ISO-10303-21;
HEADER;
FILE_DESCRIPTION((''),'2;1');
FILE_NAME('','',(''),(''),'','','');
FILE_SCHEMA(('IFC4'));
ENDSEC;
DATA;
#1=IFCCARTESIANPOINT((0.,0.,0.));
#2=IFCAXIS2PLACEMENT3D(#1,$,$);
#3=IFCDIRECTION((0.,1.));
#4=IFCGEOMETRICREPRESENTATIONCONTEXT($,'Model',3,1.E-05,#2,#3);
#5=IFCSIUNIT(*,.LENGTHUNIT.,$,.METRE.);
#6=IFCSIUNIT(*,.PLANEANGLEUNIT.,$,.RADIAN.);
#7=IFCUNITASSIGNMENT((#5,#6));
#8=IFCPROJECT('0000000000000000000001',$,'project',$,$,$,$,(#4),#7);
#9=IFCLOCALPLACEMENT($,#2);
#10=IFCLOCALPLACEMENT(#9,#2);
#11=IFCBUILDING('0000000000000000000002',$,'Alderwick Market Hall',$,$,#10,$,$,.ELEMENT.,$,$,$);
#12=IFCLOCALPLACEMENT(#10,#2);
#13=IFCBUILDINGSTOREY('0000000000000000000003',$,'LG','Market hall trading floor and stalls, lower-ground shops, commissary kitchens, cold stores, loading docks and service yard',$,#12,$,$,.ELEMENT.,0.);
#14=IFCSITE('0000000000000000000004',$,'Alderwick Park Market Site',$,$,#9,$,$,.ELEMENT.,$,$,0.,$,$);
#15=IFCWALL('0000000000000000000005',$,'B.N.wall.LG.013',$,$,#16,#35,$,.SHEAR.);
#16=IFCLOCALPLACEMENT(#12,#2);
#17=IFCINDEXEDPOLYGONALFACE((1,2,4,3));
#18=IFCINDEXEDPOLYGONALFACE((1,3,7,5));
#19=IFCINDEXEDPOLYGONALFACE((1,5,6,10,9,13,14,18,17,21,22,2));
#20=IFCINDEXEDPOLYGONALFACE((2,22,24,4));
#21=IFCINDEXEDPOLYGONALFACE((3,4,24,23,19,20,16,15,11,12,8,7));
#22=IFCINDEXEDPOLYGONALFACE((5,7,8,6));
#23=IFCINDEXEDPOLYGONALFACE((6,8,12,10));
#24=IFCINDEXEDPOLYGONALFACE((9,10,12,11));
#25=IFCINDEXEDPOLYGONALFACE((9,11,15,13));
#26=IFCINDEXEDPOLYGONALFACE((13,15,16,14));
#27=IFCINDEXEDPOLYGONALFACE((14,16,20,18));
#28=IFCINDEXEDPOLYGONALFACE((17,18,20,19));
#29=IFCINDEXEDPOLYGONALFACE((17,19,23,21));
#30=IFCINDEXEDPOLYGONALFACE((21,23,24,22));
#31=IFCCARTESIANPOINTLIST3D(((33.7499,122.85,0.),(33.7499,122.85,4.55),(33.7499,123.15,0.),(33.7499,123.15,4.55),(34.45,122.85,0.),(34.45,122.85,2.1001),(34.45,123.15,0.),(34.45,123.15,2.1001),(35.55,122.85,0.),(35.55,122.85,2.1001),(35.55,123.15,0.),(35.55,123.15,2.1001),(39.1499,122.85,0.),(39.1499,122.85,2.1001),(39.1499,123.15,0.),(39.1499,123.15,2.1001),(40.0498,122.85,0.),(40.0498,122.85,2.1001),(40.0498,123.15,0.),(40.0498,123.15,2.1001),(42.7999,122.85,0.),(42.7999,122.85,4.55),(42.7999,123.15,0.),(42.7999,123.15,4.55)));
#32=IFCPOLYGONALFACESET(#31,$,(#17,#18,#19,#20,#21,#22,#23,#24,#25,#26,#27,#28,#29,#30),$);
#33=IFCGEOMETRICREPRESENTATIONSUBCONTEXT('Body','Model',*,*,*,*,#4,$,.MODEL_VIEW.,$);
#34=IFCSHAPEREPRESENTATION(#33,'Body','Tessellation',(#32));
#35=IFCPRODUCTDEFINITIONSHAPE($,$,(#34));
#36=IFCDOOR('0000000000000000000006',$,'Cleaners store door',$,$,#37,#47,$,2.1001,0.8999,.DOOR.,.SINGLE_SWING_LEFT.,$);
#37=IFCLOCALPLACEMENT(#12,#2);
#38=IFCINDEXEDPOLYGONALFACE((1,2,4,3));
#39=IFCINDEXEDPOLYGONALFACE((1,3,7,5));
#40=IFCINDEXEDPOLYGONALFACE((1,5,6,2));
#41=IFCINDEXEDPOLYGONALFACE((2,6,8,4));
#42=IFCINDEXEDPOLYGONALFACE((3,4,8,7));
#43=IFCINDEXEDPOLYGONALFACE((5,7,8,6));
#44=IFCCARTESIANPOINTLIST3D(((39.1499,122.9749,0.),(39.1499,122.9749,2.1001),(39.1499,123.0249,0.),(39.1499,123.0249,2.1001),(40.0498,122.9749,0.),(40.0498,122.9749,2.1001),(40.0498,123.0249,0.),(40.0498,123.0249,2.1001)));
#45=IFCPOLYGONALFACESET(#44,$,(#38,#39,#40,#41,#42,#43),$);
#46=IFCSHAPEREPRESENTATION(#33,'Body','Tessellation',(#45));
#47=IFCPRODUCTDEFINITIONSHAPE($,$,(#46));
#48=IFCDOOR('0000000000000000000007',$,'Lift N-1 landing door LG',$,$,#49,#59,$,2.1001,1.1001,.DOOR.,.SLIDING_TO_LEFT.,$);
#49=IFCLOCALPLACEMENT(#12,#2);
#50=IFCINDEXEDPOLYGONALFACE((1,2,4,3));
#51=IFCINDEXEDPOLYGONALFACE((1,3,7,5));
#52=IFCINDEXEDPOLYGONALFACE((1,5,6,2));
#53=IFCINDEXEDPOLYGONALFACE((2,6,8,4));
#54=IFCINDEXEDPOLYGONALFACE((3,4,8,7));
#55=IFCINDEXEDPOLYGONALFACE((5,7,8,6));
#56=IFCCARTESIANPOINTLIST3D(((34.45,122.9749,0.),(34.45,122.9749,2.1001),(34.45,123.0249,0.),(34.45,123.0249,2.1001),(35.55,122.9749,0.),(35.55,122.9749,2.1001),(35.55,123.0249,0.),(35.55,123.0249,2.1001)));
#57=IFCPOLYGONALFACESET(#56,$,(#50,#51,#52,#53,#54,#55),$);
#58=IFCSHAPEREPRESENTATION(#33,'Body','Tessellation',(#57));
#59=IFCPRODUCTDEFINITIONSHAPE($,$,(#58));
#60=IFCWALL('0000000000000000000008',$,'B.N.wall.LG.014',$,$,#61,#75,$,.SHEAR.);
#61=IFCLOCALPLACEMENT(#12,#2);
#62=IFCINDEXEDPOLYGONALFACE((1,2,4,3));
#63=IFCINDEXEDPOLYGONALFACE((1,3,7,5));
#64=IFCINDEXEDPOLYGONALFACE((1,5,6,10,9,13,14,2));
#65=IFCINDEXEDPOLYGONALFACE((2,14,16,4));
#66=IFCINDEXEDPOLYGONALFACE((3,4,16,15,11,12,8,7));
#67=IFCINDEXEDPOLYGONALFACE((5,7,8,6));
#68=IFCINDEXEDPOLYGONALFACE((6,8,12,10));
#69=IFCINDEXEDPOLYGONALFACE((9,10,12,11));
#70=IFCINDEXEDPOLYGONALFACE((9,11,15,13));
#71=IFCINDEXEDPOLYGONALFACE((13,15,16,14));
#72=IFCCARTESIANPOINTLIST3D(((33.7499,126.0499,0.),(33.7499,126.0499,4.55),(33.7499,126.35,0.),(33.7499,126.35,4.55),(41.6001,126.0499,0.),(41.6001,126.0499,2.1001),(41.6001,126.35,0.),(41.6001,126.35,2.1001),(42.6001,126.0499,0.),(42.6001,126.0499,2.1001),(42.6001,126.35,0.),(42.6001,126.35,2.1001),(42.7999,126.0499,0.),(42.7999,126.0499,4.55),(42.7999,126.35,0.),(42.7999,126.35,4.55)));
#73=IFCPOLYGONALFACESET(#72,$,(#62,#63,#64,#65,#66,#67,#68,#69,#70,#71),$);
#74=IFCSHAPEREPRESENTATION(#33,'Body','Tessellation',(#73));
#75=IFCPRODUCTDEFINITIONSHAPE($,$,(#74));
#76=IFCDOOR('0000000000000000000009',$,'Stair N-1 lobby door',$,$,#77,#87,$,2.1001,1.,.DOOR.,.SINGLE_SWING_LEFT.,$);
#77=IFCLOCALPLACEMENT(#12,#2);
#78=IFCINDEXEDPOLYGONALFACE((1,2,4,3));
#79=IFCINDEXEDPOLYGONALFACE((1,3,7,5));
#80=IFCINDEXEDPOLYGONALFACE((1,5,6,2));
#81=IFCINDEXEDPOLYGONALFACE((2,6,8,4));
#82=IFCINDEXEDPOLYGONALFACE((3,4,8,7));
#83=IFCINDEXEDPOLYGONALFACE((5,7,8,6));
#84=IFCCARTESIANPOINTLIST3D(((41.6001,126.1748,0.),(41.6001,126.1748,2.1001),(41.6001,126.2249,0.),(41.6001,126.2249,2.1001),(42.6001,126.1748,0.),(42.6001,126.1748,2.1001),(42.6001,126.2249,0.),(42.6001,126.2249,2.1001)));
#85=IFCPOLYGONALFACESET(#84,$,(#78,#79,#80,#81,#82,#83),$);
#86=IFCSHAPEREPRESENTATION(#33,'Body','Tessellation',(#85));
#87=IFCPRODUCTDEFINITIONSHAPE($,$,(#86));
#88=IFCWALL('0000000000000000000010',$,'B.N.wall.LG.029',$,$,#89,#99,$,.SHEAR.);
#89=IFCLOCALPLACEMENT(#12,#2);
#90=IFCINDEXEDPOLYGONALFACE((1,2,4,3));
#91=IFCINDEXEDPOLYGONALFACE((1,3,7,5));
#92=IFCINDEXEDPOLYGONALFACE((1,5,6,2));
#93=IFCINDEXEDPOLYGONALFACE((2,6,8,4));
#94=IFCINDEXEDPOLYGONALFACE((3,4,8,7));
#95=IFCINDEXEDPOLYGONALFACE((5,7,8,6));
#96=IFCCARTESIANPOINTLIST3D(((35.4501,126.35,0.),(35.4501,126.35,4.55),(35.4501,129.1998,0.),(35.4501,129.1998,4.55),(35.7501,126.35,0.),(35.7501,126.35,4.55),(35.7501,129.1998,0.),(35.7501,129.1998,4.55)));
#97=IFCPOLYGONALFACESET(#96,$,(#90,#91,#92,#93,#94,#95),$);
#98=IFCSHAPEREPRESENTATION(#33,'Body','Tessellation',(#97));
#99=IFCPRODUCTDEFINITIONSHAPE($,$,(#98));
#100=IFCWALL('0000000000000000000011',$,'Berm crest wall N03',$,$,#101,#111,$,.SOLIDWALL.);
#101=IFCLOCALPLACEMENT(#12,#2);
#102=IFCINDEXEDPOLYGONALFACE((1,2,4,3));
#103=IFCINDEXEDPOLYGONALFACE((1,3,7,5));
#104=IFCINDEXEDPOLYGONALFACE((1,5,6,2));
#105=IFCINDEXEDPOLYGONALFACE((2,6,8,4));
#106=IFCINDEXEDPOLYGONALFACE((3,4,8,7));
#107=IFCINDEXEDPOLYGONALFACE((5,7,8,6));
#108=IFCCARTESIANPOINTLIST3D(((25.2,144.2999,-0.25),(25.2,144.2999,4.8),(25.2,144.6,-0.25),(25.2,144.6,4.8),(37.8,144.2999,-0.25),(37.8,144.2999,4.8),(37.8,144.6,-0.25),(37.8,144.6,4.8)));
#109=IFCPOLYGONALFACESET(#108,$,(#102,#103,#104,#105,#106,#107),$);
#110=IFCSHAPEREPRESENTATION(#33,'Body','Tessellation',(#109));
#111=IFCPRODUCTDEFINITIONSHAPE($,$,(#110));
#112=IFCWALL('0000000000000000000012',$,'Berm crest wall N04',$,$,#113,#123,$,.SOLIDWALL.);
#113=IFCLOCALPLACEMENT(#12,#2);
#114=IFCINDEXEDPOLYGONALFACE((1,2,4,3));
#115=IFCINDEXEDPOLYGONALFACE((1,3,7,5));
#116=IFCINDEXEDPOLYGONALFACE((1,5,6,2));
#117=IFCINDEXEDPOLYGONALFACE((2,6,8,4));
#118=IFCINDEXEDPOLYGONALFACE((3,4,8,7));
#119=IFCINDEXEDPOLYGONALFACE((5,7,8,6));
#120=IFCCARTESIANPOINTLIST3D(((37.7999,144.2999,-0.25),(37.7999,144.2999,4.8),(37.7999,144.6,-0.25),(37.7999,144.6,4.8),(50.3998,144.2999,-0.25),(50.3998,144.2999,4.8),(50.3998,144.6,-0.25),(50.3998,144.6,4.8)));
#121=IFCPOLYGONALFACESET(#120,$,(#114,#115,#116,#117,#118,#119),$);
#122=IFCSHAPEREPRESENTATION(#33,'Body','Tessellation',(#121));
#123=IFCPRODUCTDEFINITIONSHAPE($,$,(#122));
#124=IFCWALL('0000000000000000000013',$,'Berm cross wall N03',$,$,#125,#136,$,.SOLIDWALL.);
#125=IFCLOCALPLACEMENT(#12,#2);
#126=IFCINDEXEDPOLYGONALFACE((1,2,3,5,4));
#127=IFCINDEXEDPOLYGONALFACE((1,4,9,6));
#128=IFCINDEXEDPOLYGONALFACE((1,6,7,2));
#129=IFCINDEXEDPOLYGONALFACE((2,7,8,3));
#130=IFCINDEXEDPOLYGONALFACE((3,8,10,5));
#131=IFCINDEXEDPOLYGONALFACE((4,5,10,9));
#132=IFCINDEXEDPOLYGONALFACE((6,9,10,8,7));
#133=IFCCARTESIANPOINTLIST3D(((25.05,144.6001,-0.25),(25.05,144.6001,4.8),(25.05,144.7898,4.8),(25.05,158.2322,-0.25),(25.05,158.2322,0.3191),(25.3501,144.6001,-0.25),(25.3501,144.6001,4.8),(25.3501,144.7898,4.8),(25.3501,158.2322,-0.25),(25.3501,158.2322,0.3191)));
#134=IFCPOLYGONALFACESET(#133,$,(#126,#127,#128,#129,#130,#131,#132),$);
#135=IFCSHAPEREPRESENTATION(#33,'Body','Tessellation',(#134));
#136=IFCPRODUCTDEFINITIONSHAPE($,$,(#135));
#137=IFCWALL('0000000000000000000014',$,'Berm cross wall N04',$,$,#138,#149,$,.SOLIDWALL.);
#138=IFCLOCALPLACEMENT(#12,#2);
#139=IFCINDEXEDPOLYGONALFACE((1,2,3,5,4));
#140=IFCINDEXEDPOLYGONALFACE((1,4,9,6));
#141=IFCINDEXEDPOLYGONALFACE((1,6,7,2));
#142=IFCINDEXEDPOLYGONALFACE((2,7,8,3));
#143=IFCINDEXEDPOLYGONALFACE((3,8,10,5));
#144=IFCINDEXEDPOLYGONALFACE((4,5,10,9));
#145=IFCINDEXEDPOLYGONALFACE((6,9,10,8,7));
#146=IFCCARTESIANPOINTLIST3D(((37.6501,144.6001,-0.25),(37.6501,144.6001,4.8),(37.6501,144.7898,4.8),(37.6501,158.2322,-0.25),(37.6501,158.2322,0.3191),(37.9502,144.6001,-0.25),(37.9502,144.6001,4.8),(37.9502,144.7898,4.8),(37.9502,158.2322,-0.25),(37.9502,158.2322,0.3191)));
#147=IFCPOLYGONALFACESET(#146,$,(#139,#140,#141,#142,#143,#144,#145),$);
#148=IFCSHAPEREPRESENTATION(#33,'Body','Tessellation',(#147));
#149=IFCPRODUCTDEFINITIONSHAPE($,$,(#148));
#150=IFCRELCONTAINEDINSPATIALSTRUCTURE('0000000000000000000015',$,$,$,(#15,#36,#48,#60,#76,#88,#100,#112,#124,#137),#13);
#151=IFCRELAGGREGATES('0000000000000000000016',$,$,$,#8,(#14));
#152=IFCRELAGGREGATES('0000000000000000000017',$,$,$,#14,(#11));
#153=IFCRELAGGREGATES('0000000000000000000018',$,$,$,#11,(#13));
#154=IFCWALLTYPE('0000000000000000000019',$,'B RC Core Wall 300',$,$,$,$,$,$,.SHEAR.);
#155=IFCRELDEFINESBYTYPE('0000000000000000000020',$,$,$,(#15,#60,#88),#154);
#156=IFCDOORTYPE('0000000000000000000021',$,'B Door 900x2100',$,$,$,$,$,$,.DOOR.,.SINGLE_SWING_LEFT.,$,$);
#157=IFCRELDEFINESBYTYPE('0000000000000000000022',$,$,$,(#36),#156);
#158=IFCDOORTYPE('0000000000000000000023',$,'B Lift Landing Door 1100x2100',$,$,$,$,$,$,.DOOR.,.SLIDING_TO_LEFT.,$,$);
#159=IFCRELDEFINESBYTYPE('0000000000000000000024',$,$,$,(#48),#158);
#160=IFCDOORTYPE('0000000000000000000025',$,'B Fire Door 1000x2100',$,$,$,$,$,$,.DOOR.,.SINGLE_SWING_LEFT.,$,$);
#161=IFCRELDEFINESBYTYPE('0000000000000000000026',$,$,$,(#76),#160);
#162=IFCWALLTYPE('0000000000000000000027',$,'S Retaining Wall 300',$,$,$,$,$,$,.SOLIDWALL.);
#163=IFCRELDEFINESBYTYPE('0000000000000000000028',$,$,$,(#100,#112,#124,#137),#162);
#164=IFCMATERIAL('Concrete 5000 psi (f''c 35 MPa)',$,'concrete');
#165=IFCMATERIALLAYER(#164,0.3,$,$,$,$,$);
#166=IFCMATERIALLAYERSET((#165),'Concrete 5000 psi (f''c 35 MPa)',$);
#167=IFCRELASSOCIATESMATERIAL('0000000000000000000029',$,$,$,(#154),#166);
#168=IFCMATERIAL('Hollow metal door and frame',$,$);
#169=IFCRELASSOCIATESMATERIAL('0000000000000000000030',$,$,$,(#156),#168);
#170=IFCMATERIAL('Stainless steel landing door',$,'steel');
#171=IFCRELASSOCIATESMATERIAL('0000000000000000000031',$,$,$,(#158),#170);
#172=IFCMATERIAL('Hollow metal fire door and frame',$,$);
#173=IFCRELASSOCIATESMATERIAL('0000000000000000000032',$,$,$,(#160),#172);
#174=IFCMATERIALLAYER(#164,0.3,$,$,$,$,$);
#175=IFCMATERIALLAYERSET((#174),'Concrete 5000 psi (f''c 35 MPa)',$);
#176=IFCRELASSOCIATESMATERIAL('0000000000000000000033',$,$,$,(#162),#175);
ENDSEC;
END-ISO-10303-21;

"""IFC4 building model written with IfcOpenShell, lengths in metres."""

from ifc_helpers import new_model, si_unit, direction, frame, frame_2d, origin, place, context, subcontext, project, spatial, polyline, rectangle, outline, extrude, material, layer, layer_set, type_object, element, fill, save


model = new_model("IFC4")

# Units and contexts
model_context = context("Model", 3, precision=1e-05, world=origin(), true_north=direction((0.0, 1.0)))
body_context = subcontext(model_context, "Body", "Model", "MODEL_VIEW")
ifc_project = project(units=[si_unit("LENGTHUNIT", "METRE"), si_unit("PLANEANGLEUNIT", "RADIAN")], contexts=[model_context])

# Site, building, storey
site_placement = place(None, origin())
site = spatial("IfcSite", under=ifc_project, at=site_placement, Name="Alderwick Park Market Site", CompositionType="ELEMENT", RefElevation=0.0)
building_placement = place(site_placement, origin())
building = spatial("IfcBuilding", under=site, at=building_placement, Name="Alderwick Market Hall", CompositionType="ELEMENT")
storey_placement = place(building_placement, origin())
storey = spatial("IfcBuildingStorey", under=building, at=storey_placement, Name="LG", Description="Market hall trading floor and stalls, lower-ground shops, commissary kitchens, cold stores, loading docks and service yard", CompositionType="ELEMENT", Elevation=0.0)

# Shared definitions
ifc_material_1 = material(Name="Concrete 5000 psi (f'c 35 MPa)", Category="concrete")

# Wall, openings, doors
ifc_layer_1 = layer(ifc_material_1, 0.3)
ifc_layer_set_1 = layer_set([ifc_layer_1], Name="Concrete 5000 psi (f'c 35 MPa)")
wall_type_1 = type_object("IfcWallType", Name="B RC Core Wall 300", PredefinedType="SHEAR", material=ifc_layer_set_1)
wall_1_placement = place(storey_placement, frame((33.75, 123.0, 0.0), z_axis=(0.0, 0.0, 1.0), x_axis=(1.0, 0.0, 0.0)))
wall_1 = element("IfcWall", 1, at=wall_1_placement, inside=storey, type_object=wall_type_1, Name="B.N.wall.LG.013", PredefinedType="SHEAR", context=body_context, shape_type="SweptSolid", body=[
    extrude(rectangle(XDim=9.05, YDim=0.3, at=frame_2d((4.5249, 0.0))), origin(), (0.0, 0.0, 1.0), 4.55),
])
opening_1_placement = place(wall_1_placement, frame((0.7, 0.0, 0.0)))
opening_1 = element("IfcOpeningElement", 2, at=opening_1_placement, cuts=wall_1, PredefinedType="OPENING", context=body_context, shape_type="SweptSolid", body=[
    extrude(rectangle(XDim=1.1001, YDim=2.1001, at=frame_2d((0.55, 1.05))), frame((0.0, 0.1599, 0.0), z_axis=(0.0, -1.0, 0.0), x_axis=(1.0, 0.0, 0.0)), (0.0, 0.0, 1.0), 0.3201),
])
opening_2_placement = place(wall_1_placement, frame((5.3999, 0.0, 0.0)))
opening_2 = element("IfcOpeningElement", 3, at=opening_2_placement, cuts=wall_1, PredefinedType="OPENING", context=body_context, shape_type="SweptSolid", body=[
    extrude(rectangle(XDim=0.8999, YDim=2.1001, at=frame_2d((0.45, 1.05))), frame((0.0, 0.1599, 0.0), z_axis=(0.0, -1.0, 0.0), x_axis=(1.0, 0.0, 0.0)), (0.0, 0.0, 1.0), 0.3201),
])
ifc_material_2 = material(Name="Hollow metal door and frame")
door_type_1 = type_object("IfcDoorType", Name="B Door 900x2100", OperationType="SINGLE_SWING_LEFT", PredefinedType="DOOR", material=ifc_material_2)
door_1_placement = place(opening_2_placement, origin())
door_1 = element("IfcDoor", 4, at=door_1_placement, inside=storey, type_object=door_type_1, Name="Cleaners store door", OperationType="SINGLE_SWING_LEFT", OverallHeight=2.1001, OverallWidth=0.8999, PredefinedType="DOOR", context=body_context, shape_type="SweptSolid", body=[
    extrude(rectangle(XDim=0.8999, YDim=2.1001, at=frame_2d((0.45, 1.05))), frame((0.0, 0.0249, 0.0), z_axis=(0.0, -1.0, 0.0), x_axis=(1.0, 0.0, 0.0)), (0.0, 0.0, 1.0), 0.05),
])
fill(opening_2, door_1)
ifc_material_3 = material(Name="Stainless steel landing door", Category="steel")
door_type_2 = type_object("IfcDoorType", Name="B Lift Landing Door 1100x2100", OperationType="SLIDING_TO_LEFT", PredefinedType="DOOR", material=ifc_material_3)
door_2_placement = place(opening_1_placement, origin())
door_2 = element("IfcDoor", 5, at=door_2_placement, inside=storey, type_object=door_type_2, Name="Lift N-1 landing door LG", OperationType="SLIDING_TO_LEFT", OverallHeight=2.1001, OverallWidth=1.1001, PredefinedType="DOOR", context=body_context, shape_type="SweptSolid", body=[
    extrude(rectangle(XDim=1.1001, YDim=2.1001, at=frame_2d((0.55, 1.05))), frame((0.0, 0.0249, 0.0), z_axis=(0.0, -1.0, 0.0), x_axis=(1.0, 0.0, 0.0)), (0.0, 0.0, 1.0), 0.05),
])
fill(opening_1, door_2)

# Wall, opening, door
wall_2_placement = place(storey_placement, frame((33.75, 126.2, 0.0), z_axis=(0.0, 0.0, 1.0), x_axis=(1.0, 0.0, 0.0)))
wall_2 = element("IfcWall", 6, at=wall_2_placement, inside=storey, type_object=wall_type_1, Name="B.N.wall.LG.014", PredefinedType="SHEAR", context=body_context, shape_type="SweptSolid", body=[
    extrude(rectangle(XDim=9.05, YDim=0.3, at=frame_2d((4.5249, 0.0))), origin(), (0.0, 0.0, 1.0), 4.55),
])
opening_3_placement = place(wall_2_placement, frame((7.8501, 0.0, 0.0)))
opening_3 = element("IfcOpeningElement", 7, at=opening_3_placement, cuts=wall_2, PredefinedType="OPENING", context=body_context, shape_type="SweptSolid", body=[
    extrude(rectangle(XDim=1.0, YDim=2.1001, at=frame_2d((0.5, 1.05))), frame((0.0, 0.1599, 0.0), z_axis=(0.0, -1.0, 0.0), x_axis=(1.0, 0.0, 0.0)), (0.0, 0.0, 1.0), 0.3201),
])
ifc_material_4 = material(Name="Hollow metal fire door and frame")
door_type_3 = type_object("IfcDoorType", Name="B Fire Door 1000x2100", OperationType="SINGLE_SWING_LEFT", PredefinedType="DOOR", material=ifc_material_4)
door_3_placement = place(opening_3_placement, origin())
door_3 = element("IfcDoor", 8, at=door_3_placement, inside=storey, type_object=door_type_3, Name="Stair N-1 lobby door", OperationType="SINGLE_SWING_LEFT", OverallHeight=2.1001, OverallWidth=1.0, PredefinedType="DOOR", context=body_context, shape_type="SweptSolid", body=[
    extrude(rectangle(XDim=1.0, YDim=2.1001, at=frame_2d((0.5, 1.05))), frame((0.0, 0.0249, 0.0), z_axis=(0.0, -1.0, 0.0), x_axis=(1.0, 0.0, 0.0)), (0.0, 0.0, 1.0), 0.05),
])
fill(opening_3, door_3)

# Walls
wall_3_placement = place(storey_placement, frame((35.6001, 126.3501, 0.0), z_axis=(0.0, 0.0, 1.0), x_axis=(0.0, 1.0, 0.0)))
element("IfcWall", 9, at=wall_3_placement, inside=storey, type_object=wall_type_1, Name="B.N.wall.LG.029", PredefinedType="SHEAR", context=body_context, shape_type="SweptSolid", body=[
    extrude(rectangle(XDim=2.8499, YDim=0.3, at=frame_2d((1.4248, 0.0))), origin(), (0.0, 0.0, 1.0), 4.55),
])
ifc_layer_2 = layer(ifc_material_1, 0.3)
ifc_layer_set_2 = layer_set([ifc_layer_2], Name="Concrete 5000 psi (f'c 35 MPa)")
wall_type_2 = type_object("IfcWallType", Name="S Retaining Wall 300", PredefinedType="SOLIDWALL", material=ifc_layer_set_2)
wall_4_placement = place(storey_placement, frame((25.2, 144.45, -0.25), z_axis=(0.0, 0.0, 1.0), x_axis=(1.0, 0.0, 0.0)))
element("IfcWall", 10, at=wall_4_placement, inside=storey, type_object=wall_type_2, Name="Berm crest wall N03", PredefinedType="SOLIDWALL", context=body_context, shape_type="SweptSolid", body=[
    extrude(rectangle(XDim=12.6001, YDim=0.3, at=frame_2d((6.3, 0.0))), origin(), (0.0, 0.0, 1.0), 5.05),
])
wall_5_placement = place(storey_placement, frame((37.8, 144.45, -0.25), z_axis=(0.0, 0.0, 1.0), x_axis=(1.0, 0.0, 0.0)))
element("IfcWall", 11, at=wall_5_placement, inside=storey, type_object=wall_type_2, Name="Berm crest wall N04", PredefinedType="SOLIDWALL", context=body_context, shape_type="SweptSolid", body=[
    extrude(rectangle(XDim=12.5999, YDim=0.3, at=frame_2d((6.2998, 0.0))), origin(), (0.0, 0.0, 1.0), 5.05),
])
for number, where, z_axis, x_axis, name in (
    (12, (25.2, 144.6001, -0.25), (0.0, 0.0, 1.0), (0.0, 1.0, 0.0), "Berm cross wall N03"),
    (13, (37.8, 144.6001, -0.25), (0.0, 0.0, 1.0), (0.0, 1.0, 0.0), "Berm cross wall N04"),
):
    element("IfcWall", number, at=place(storey_placement, frame(where, z_axis=z_axis, x_axis=x_axis)), inside=storey, type_object=wall_type_2, Name=name, PredefinedType="SOLIDWALL", context=body_context, shape_type="SweptSolid", body=[
        extrude(outline(polyline([(0.0, 0.0), (13.6321, 0.0), (13.6321, 0.5691), (0.1897, 5.05), (0.0, 5.05), (0.0, 0.0)])), frame((0.0, 0.1499, 0.0), z_axis=(0.0, -1.0, 0.0), x_axis=(1.0, 0.0, 0.0)), (0.0, 0.0, 1.0), 0.3),
    ])

save(model, "model.ifc")
